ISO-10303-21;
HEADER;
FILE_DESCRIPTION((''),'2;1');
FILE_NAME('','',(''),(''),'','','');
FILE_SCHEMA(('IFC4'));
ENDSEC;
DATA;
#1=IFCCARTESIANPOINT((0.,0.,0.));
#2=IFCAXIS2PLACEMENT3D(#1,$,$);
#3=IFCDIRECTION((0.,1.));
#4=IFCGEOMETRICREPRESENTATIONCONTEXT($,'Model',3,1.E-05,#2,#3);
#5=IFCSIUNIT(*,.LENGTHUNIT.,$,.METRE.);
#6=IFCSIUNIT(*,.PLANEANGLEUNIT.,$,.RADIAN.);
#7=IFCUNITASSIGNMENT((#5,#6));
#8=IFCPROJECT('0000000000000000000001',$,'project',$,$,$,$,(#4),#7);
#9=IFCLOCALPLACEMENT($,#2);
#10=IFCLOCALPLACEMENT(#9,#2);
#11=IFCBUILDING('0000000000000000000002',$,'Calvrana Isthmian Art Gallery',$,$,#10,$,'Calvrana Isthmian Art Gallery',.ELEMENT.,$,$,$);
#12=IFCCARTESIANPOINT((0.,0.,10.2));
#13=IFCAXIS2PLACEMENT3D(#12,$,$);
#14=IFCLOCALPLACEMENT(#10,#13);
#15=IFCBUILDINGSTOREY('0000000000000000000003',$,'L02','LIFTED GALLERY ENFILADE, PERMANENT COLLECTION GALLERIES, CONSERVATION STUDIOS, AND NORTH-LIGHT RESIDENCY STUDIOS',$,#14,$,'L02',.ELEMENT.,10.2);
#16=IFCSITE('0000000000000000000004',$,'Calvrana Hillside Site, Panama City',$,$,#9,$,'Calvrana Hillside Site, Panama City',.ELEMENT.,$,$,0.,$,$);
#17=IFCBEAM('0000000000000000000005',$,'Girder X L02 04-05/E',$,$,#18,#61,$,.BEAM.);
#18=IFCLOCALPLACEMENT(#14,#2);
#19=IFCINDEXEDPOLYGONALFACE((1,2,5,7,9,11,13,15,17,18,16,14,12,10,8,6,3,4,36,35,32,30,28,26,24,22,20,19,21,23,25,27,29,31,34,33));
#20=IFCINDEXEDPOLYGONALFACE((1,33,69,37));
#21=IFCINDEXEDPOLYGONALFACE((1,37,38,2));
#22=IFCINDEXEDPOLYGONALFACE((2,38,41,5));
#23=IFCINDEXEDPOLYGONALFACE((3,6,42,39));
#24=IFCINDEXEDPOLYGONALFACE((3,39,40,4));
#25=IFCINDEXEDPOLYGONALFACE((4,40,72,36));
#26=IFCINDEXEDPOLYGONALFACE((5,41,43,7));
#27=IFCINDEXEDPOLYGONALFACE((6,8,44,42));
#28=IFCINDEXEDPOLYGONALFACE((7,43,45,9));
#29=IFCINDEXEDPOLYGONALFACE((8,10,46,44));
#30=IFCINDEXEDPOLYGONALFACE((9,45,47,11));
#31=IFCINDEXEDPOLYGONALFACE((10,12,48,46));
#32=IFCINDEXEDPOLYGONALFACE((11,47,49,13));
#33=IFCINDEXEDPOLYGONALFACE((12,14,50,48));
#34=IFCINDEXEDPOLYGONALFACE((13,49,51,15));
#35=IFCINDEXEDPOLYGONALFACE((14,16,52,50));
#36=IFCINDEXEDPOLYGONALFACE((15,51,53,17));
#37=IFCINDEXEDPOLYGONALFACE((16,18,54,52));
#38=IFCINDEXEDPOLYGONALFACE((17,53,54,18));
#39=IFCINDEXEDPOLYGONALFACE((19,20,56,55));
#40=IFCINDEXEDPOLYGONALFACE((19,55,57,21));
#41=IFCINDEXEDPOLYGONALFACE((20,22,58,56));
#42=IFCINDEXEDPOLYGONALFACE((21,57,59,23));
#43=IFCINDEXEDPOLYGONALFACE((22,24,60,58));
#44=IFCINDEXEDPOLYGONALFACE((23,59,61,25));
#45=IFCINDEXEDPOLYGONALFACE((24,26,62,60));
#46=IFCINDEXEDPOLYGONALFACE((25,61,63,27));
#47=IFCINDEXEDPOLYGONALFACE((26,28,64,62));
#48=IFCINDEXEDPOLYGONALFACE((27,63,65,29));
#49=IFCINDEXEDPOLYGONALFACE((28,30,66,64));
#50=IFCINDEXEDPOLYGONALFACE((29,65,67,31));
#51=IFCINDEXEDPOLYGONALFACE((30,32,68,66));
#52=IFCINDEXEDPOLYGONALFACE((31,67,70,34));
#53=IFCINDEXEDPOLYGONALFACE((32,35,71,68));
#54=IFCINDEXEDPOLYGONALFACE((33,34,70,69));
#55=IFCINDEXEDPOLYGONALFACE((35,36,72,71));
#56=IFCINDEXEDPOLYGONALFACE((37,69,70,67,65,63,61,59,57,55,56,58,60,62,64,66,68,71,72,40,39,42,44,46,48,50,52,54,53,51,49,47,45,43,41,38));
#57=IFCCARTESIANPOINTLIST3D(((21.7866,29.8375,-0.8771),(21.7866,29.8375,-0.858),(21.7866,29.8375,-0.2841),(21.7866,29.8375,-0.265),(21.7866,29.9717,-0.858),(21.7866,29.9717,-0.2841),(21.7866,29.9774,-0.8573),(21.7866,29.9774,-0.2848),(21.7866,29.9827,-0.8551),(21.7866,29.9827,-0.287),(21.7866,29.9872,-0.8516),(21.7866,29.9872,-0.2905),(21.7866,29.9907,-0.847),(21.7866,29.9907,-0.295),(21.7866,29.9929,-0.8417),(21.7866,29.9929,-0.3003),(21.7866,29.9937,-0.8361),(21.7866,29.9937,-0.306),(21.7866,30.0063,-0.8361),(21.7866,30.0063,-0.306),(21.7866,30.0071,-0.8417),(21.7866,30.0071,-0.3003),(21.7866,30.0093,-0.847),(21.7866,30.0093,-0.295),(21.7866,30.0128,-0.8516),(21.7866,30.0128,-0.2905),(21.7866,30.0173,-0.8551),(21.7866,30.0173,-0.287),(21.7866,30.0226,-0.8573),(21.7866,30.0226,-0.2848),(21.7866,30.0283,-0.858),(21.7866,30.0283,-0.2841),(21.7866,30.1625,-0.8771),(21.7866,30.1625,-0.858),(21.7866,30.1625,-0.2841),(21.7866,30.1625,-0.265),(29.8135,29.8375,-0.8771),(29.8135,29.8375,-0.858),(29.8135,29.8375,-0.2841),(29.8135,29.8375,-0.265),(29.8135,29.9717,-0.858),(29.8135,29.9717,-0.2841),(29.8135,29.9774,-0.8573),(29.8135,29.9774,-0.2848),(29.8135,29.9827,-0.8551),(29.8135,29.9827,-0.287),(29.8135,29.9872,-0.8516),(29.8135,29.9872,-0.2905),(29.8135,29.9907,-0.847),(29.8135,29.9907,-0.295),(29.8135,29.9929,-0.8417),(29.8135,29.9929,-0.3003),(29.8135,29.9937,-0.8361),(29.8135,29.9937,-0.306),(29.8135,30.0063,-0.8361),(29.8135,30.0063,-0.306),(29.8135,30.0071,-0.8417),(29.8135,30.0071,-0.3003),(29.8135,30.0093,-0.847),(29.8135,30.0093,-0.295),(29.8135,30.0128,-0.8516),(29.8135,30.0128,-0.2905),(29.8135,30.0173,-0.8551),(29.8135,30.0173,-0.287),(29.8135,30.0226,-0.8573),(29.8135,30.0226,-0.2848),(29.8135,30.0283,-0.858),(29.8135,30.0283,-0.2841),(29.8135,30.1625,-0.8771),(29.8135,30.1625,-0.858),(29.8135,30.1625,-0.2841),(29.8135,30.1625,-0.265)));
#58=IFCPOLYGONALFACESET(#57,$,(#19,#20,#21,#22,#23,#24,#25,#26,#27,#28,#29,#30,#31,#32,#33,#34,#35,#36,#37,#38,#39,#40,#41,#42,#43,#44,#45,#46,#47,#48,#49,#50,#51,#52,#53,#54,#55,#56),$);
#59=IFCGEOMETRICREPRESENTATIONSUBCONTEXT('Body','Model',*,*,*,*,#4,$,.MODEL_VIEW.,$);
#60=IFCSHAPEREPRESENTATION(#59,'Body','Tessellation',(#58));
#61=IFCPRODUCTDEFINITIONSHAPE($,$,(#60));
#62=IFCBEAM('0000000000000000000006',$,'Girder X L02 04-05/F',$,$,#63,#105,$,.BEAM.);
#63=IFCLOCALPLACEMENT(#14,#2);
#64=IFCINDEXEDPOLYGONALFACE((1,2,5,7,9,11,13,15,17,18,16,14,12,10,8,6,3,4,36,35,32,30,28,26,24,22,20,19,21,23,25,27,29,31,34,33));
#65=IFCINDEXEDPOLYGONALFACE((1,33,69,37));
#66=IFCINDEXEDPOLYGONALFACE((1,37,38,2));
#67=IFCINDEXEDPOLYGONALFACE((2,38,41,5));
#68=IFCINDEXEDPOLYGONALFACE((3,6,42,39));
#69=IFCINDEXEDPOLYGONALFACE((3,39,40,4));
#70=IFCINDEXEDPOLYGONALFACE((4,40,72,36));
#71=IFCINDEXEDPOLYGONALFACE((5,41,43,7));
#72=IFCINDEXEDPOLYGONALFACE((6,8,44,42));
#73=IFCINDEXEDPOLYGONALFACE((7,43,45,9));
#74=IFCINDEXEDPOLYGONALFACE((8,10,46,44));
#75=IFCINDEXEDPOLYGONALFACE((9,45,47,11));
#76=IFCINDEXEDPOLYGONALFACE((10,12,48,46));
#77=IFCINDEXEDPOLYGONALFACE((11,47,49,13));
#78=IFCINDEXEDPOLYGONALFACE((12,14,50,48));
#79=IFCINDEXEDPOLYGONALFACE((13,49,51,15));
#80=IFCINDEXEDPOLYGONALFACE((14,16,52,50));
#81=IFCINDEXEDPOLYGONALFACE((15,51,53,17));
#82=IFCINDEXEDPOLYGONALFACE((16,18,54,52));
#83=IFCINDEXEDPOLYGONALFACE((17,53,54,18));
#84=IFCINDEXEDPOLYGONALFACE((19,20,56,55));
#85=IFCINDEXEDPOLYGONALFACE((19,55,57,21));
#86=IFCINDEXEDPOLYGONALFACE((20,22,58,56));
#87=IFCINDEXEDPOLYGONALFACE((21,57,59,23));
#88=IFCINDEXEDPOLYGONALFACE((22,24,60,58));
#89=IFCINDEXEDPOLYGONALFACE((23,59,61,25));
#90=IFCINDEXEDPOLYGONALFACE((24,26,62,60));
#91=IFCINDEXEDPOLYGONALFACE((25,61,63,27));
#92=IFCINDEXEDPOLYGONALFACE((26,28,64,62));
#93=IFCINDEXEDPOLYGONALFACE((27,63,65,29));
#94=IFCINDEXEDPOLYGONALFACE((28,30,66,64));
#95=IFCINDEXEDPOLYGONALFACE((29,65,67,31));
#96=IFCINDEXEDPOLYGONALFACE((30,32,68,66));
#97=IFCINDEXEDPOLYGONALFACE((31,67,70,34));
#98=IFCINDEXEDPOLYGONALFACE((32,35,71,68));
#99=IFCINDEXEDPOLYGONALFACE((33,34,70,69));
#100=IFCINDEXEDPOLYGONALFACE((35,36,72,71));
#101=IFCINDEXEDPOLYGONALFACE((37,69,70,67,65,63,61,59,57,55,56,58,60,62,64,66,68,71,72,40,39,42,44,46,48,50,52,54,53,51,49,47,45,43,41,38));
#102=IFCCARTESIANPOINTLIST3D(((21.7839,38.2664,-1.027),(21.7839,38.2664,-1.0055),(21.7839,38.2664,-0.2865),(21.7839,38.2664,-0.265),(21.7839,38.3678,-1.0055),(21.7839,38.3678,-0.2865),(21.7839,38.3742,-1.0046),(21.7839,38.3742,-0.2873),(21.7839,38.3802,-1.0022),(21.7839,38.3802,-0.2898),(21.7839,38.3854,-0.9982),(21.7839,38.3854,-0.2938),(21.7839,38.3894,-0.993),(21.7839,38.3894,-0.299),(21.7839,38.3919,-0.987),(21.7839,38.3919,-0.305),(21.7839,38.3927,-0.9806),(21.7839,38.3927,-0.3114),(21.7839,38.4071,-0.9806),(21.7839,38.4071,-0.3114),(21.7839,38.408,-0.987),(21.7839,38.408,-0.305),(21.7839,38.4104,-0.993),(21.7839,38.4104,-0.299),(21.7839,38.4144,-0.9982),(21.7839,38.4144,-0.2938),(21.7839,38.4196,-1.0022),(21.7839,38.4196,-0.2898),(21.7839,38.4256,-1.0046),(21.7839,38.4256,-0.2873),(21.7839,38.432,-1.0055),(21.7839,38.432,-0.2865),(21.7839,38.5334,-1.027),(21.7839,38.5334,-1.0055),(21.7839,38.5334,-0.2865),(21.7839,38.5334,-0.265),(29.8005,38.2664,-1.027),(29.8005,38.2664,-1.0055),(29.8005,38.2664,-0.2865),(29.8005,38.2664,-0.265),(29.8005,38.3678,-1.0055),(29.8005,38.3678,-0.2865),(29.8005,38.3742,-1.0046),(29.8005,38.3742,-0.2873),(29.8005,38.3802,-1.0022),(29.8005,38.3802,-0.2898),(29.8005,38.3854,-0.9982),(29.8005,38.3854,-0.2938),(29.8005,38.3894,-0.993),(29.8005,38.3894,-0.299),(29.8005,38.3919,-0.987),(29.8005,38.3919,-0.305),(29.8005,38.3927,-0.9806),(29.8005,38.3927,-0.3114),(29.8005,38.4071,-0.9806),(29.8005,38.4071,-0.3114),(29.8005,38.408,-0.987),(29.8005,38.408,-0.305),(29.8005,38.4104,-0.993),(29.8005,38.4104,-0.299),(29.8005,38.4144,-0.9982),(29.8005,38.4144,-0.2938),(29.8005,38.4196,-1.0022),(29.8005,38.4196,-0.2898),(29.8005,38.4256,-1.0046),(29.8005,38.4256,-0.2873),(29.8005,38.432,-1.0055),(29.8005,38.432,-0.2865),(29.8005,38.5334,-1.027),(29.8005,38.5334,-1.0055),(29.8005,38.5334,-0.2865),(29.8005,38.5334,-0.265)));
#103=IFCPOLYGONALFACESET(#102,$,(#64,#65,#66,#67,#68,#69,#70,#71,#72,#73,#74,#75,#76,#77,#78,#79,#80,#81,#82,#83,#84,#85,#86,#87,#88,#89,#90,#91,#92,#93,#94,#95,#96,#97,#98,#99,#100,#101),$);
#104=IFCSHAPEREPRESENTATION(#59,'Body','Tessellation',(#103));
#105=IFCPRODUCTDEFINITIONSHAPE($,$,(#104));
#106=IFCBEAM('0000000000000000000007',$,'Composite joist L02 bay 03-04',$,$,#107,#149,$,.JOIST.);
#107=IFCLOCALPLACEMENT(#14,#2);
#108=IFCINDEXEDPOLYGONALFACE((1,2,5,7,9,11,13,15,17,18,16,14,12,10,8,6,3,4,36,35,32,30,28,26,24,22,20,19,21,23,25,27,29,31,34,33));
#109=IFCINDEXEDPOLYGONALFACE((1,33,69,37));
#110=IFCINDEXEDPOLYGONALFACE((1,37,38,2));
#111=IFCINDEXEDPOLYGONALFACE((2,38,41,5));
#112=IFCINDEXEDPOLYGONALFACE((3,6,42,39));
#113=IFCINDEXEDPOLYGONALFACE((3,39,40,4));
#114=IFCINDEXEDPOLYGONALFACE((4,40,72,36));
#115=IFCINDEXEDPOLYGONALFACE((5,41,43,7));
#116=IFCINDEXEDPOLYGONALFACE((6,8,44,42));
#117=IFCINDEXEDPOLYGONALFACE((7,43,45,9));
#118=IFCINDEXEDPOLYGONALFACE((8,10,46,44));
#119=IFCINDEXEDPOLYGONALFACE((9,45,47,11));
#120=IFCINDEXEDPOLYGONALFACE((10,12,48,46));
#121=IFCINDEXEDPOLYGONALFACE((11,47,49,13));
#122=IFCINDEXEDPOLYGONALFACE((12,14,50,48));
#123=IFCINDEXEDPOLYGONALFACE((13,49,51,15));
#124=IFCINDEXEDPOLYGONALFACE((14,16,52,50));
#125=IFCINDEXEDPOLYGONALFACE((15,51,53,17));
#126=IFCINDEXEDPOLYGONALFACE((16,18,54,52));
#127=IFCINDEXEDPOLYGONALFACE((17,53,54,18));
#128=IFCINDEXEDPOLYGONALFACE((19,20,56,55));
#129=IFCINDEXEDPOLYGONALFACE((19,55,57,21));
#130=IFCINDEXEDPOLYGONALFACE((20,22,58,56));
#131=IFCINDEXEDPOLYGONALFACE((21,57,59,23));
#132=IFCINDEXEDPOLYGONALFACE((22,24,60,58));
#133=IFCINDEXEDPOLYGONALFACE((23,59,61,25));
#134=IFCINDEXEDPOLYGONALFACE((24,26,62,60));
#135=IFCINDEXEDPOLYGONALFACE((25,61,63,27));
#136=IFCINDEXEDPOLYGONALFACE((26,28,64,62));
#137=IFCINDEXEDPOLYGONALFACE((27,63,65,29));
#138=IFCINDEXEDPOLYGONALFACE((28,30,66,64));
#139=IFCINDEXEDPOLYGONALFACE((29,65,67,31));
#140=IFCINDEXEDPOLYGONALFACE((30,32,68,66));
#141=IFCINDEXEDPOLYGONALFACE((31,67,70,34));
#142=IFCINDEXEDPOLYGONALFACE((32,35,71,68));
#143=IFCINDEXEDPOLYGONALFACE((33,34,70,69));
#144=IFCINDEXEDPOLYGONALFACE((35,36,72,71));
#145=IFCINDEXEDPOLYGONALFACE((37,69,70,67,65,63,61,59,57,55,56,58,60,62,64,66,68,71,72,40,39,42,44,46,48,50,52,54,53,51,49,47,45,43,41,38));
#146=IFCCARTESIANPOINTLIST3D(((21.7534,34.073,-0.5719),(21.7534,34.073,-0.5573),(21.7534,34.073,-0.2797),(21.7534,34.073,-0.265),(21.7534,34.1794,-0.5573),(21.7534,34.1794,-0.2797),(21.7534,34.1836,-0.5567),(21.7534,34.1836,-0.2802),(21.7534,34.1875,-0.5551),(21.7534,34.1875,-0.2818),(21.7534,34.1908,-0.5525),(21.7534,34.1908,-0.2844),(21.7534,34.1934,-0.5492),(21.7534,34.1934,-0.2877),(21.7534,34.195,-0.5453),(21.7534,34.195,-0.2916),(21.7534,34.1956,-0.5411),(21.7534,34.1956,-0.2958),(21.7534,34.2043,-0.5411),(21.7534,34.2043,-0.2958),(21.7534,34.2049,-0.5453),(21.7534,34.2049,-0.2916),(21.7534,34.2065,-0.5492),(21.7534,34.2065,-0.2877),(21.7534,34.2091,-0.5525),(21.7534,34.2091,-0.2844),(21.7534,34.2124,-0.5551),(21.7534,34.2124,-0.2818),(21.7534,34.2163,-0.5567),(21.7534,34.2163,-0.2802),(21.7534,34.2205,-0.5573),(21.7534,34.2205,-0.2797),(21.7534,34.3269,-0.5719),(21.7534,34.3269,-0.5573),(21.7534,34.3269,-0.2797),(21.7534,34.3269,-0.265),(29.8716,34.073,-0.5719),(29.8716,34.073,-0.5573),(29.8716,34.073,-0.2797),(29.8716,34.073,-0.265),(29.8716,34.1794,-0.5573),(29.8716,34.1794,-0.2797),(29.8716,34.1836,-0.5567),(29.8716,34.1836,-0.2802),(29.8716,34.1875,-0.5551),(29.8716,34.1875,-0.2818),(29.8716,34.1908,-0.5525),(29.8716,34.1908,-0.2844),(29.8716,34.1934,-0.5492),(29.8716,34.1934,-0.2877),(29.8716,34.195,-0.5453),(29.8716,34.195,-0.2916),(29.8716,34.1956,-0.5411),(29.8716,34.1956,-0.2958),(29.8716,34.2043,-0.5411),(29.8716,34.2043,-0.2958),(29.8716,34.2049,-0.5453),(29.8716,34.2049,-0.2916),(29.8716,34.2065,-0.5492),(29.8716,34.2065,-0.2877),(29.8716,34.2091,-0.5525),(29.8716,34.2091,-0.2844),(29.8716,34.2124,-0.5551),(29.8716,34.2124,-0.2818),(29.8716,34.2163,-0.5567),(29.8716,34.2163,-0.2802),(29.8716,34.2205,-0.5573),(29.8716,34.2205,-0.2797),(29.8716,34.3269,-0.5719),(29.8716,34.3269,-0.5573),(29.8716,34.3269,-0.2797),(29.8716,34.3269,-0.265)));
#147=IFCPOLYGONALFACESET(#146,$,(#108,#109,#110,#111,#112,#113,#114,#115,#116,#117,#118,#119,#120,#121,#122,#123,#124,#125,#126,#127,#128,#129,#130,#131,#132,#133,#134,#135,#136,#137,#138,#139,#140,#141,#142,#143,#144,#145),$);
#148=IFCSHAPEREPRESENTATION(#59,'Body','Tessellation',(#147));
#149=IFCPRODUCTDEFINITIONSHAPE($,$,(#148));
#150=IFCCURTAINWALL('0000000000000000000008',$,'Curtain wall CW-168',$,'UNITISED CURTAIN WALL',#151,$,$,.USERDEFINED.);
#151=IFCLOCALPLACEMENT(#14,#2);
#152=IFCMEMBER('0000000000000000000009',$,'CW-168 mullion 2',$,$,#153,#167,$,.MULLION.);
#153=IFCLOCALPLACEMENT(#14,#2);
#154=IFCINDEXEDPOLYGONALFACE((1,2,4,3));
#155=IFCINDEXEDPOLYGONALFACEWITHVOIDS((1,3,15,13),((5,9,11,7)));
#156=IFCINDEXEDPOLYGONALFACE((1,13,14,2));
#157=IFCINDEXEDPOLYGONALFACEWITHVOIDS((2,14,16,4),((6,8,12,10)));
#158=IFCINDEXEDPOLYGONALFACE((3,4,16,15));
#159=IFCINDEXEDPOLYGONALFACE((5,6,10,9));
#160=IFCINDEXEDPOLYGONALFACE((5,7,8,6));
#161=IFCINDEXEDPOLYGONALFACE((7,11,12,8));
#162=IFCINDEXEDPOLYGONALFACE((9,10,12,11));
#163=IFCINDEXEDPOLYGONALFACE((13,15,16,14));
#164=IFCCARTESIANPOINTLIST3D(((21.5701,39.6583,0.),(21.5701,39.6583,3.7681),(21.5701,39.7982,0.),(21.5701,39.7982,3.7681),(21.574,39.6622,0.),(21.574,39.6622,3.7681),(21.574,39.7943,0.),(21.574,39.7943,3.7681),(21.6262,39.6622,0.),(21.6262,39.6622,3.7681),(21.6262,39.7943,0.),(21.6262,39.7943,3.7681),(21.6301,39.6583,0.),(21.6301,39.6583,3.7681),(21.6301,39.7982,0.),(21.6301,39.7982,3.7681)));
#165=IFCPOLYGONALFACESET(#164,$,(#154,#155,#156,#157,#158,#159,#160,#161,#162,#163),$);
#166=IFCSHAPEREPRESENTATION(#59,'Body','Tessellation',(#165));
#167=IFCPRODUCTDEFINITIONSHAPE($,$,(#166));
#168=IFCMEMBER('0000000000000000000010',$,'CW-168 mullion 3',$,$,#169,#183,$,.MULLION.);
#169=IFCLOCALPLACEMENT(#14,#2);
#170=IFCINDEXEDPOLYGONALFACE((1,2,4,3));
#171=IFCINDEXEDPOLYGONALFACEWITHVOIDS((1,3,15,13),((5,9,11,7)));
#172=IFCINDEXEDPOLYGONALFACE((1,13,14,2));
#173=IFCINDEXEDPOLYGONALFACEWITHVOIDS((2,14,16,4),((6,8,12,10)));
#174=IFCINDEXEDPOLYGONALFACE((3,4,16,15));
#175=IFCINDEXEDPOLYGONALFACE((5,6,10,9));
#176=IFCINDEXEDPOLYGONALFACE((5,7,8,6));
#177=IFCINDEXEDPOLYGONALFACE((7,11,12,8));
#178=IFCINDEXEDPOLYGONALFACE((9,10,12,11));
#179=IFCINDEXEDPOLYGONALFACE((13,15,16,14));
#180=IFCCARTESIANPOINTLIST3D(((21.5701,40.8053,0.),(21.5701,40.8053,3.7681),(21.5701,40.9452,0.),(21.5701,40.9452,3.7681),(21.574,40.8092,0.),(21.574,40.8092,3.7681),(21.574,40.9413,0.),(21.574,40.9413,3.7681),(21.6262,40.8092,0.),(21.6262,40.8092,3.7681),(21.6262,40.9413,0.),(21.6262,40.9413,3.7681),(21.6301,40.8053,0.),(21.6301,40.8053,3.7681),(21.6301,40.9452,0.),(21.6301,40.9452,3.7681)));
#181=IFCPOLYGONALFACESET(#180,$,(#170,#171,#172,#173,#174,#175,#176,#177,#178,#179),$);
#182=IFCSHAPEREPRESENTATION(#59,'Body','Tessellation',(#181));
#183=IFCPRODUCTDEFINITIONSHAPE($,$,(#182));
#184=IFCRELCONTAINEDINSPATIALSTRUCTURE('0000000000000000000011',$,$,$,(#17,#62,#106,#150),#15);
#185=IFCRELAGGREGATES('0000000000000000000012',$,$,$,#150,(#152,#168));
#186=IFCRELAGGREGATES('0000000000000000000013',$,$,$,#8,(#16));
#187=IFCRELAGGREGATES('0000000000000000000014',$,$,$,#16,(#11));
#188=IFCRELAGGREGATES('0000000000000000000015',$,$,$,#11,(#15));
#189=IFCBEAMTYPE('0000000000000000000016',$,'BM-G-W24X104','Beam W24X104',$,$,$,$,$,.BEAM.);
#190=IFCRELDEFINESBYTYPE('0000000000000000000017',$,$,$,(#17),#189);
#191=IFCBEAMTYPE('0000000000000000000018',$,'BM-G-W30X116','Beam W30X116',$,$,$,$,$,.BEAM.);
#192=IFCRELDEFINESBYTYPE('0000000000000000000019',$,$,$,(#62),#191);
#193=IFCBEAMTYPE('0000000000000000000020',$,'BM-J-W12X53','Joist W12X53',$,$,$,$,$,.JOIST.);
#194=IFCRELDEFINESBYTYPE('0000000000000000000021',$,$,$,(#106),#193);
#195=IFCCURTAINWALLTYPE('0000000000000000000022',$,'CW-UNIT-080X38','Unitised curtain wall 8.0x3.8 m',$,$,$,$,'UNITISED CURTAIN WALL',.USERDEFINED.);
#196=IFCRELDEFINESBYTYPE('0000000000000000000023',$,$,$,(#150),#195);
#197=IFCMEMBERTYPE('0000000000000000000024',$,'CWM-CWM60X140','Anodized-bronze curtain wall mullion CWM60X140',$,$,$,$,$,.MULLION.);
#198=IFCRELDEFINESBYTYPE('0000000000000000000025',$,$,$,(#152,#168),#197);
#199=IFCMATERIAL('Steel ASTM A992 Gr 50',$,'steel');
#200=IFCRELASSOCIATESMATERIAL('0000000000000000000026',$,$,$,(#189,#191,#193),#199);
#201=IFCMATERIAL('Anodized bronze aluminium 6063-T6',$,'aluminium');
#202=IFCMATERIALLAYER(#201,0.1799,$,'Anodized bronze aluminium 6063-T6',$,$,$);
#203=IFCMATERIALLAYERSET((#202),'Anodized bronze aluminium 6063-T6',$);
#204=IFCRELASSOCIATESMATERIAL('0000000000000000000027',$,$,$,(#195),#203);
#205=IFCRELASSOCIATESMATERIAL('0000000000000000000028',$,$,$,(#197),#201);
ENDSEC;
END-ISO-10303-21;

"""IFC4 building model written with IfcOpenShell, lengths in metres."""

from ifc_helpers import new_model, si_unit, direction, frame, origin, origin_2d, place, context, subcontext, project, spatial, hollow_rectangle, i_section, extrude, material, layer, layer_set, material_profile, profile_set, type_object, element, aggregate, save


model = new_model("IFC4")

# Units and contexts
model_context = context("Model", 3, precision=1e-05, world=origin(), true_north=direction((0.0, 1.0)))
body_context = subcontext(model_context, "Body", "Model", "MODEL_VIEW")
ifc_project = project(units=[si_unit("LENGTHUNIT", "METRE"), si_unit("PLANEANGLEUNIT", "RADIAN")], contexts=[model_context])

# Site, building, storey
site_placement = place(None, origin())
site = spatial("IfcSite", under=ifc_project, at=site_placement, Name="Calvrana Hillside Site, Panama City", LongName="Calvrana Hillside Site, Panama City", CompositionType="ELEMENT", RefElevation=0.0)
building_placement = place(site_placement, origin())
building = spatial("IfcBuilding", under=site, at=building_placement, Name="Calvrana Isthmian Art Gallery", LongName="Calvrana Isthmian Art Gallery", CompositionType="ELEMENT")
storey_placement = place(building_placement, frame((0.0, 0.0, 10.2)))
storey = spatial("IfcBuildingStorey", under=building, at=storey_placement, Name="L02", Description="LIFTED GALLERY ENFILADE, PERMANENT COLLECTION GALLERIES, CONSERVATION STUDIOS, AND NORTH-LIGHT RESIDENCY STUDIOS", LongName="L02", CompositionType="ELEMENT", Elevation=10.2)

# Beams
ifc_material_1 = material(Name="Steel ASTM A992 Gr 50", Category="steel")
ifc_material_profile_1 = material_profile(ifc_material_1, i_section(OverallWidth=0.325, OverallDepth=0.6121, WebThickness=0.0127, FlangeThickness=0.019, FilletRadius=0.022, at=origin_2d()), Name="W24X104")
ifc_profile_set_1 = profile_set([ifc_material_profile_1], Name="Steel ASTM A992 Gr 50")
beam_type_1 = type_object("IfcBeamType", Name="BM-G-W24X104", Description="Beam W24X104", PredefinedType="BEAM", material=ifc_profile_set_1)
beam_1_placement = place(storey_placement, frame((21.7866, 30.0, -0.571), z_axis=(1.0, 0.0, 0.0), x_axis=(0.0, 1.0, 0.0)))
element("IfcBeam", 1, at=beam_1_placement, inside=storey, type_object=beam_type_1, Name="Girder X L02 04-05/E", PredefinedType="BEAM", context=body_context, shape_type="SweptSolid", body=[
    extrude(i_section(OverallWidth=0.325, OverallDepth=0.6121, WebThickness=0.0127, FlangeThickness=0.019, FilletRadius=0.022, at=origin_2d()), origin(), (0.0, 0.0, 1.0), 8.0269),
])
ifc_material_profile_2 = material_profile(ifc_material_1, i_section(OverallWidth=0.2671, OverallDepth=0.762, WebThickness=0.0144, FlangeThickness=0.0215, FilletRadius=0.0249, at=origin_2d()), Name="W30X116")
ifc_profile_set_2 = profile_set([ifc_material_profile_2], Name="Steel ASTM A992 Gr 50")
beam_type_2 = type_object("IfcBeamType", Name="BM-G-W30X116", Description="Beam W30X116", PredefinedType="BEAM", material=ifc_profile_set_2)
beam_2_placement = place(storey_placement, frame((21.7839, 38.3999, -0.646), z_axis=(1.0, 0.0, 0.0), x_axis=(0.0, 1.0, 0.0)))
element("IfcBeam", 2, at=beam_2_placement, inside=storey, type_object=beam_type_2, Name="Girder X L02 04-05/F", PredefinedType="BEAM", context=body_context, shape_type="SweptSolid", body=[
    extrude(i_section(OverallWidth=0.2671, OverallDepth=0.762, WebThickness=0.0144, FlangeThickness=0.0215, FilletRadius=0.0249, at=origin_2d()), origin(), (0.0, 0.0, 1.0), 8.0166),
])
ifc_material_profile_3 = material_profile(ifc_material_1, i_section(OverallWidth=0.2539, OverallDepth=0.3069, WebThickness=0.0088, FlangeThickness=0.0146, FilletRadius=0.0161, at=origin_2d()), Name="W12X53")
ifc_profile_set_3 = profile_set([ifc_material_profile_3], Name="Steel ASTM A992 Gr 50")
beam_type_3 = type_object("IfcBeamType", Name="BM-J-W12X53", Description="Joist W12X53", PredefinedType="JOIST", material=ifc_profile_set_3)
beam_3_placement = place(storey_placement, frame((21.7534, 34.2, -0.4185), z_axis=(1.0, 0.0, 0.0), x_axis=(0.0, 1.0, 0.0)))
element("IfcBeam", 3, at=beam_3_placement, inside=storey, type_object=beam_type_3, Name="Composite joist L02 bay 03-04", PredefinedType="JOIST", context=body_context, shape_type="SweptSolid", body=[
    extrude(i_section(OverallWidth=0.2539, OverallDepth=0.3069, WebThickness=0.0088, FlangeThickness=0.0146, FilletRadius=0.0161, at=origin_2d()), origin(), (0.0, 0.0, 1.0), 8.1182),
])

# Curtain wall, members
ifc_material_2 = material(Name="Anodized bronze aluminium 6063-T6", Category="aluminium")
ifc_layer_1 = layer(ifc_material_2, 0.1799, Name="Anodized bronze aluminium 6063-T6")
ifc_layer_set_1 = layer_set([ifc_layer_1], Name="Anodized bronze aluminium 6063-T6")
curtain_wall_type = type_object("IfcCurtainWallType", Name="CW-UNIT-080X38", Description="Unitised curtain wall 8.0x3.8 m", ElementType="UNITISED CURTAIN WALL", PredefinedType="USERDEFINED", material=ifc_layer_set_1)
curtain_wall_placement = place(storey_placement, origin())
curtain_wall = element("IfcCurtainWall", 4, at=curtain_wall_placement, inside=storey, type_object=curtain_wall_type, Name="Curtain wall CW-168", ObjectType="UNITISED CURTAIN WALL", PredefinedType="USERDEFINED")
ifc_material_profile_4 = material_profile(ifc_material_2, hollow_rectangle(XDim=0.0601, YDim=0.1399, WallThickness=0.0039, at=origin_2d()), Name="CWM60X140")
ifc_profile_set_4 = profile_set([ifc_material_profile_4], Name="Anodized bronze aluminium 6063-T6")
member_type_1 = type_object("IfcMemberType", Name="CWM-CWM60X140", Description="Anodized-bronze curtain wall mullion CWM60X140", PredefinedType="MULLION", material=ifc_profile_set_4)
member_1_placement = place(storey_placement, frame((21.6001, 39.7283, 0.0), z_axis=(0.0, 0.0, 1.0), x_axis=(-1.0, 0.0, 0.0)))
member_1 = element("IfcMember", 5, at=member_1_placement, type_object=member_type_1, Name="CW-168 mullion 2", PredefinedType="MULLION", context=body_context, shape_type="SweptSolid", body=[
    extrude(hollow_rectangle(XDim=0.0601, YDim=0.1399, WallThickness=0.0039, at=origin_2d()), origin(), (0.0, 0.0, 1.0), 3.7681),
])
member_2_placement = place(storey_placement, frame((21.6001, 40.8752, 0.0), z_axis=(0.0, 0.0, 1.0), x_axis=(-1.0, 0.0, 0.0)))
member_2 = element("IfcMember", 6, at=member_2_placement, type_object=member_type_1, Name="CW-168 mullion 3", PredefinedType="MULLION", context=body_context, shape_type="SweptSolid", body=[
    extrude(hollow_rectangle(XDim=0.0601, YDim=0.1399, WallThickness=0.0039, at=origin_2d()), origin(), (0.0, 0.0, 1.0), 3.7681),
])
aggregate(curtain_wall, [member_1, member_2])

save(model, "model.ifc")
